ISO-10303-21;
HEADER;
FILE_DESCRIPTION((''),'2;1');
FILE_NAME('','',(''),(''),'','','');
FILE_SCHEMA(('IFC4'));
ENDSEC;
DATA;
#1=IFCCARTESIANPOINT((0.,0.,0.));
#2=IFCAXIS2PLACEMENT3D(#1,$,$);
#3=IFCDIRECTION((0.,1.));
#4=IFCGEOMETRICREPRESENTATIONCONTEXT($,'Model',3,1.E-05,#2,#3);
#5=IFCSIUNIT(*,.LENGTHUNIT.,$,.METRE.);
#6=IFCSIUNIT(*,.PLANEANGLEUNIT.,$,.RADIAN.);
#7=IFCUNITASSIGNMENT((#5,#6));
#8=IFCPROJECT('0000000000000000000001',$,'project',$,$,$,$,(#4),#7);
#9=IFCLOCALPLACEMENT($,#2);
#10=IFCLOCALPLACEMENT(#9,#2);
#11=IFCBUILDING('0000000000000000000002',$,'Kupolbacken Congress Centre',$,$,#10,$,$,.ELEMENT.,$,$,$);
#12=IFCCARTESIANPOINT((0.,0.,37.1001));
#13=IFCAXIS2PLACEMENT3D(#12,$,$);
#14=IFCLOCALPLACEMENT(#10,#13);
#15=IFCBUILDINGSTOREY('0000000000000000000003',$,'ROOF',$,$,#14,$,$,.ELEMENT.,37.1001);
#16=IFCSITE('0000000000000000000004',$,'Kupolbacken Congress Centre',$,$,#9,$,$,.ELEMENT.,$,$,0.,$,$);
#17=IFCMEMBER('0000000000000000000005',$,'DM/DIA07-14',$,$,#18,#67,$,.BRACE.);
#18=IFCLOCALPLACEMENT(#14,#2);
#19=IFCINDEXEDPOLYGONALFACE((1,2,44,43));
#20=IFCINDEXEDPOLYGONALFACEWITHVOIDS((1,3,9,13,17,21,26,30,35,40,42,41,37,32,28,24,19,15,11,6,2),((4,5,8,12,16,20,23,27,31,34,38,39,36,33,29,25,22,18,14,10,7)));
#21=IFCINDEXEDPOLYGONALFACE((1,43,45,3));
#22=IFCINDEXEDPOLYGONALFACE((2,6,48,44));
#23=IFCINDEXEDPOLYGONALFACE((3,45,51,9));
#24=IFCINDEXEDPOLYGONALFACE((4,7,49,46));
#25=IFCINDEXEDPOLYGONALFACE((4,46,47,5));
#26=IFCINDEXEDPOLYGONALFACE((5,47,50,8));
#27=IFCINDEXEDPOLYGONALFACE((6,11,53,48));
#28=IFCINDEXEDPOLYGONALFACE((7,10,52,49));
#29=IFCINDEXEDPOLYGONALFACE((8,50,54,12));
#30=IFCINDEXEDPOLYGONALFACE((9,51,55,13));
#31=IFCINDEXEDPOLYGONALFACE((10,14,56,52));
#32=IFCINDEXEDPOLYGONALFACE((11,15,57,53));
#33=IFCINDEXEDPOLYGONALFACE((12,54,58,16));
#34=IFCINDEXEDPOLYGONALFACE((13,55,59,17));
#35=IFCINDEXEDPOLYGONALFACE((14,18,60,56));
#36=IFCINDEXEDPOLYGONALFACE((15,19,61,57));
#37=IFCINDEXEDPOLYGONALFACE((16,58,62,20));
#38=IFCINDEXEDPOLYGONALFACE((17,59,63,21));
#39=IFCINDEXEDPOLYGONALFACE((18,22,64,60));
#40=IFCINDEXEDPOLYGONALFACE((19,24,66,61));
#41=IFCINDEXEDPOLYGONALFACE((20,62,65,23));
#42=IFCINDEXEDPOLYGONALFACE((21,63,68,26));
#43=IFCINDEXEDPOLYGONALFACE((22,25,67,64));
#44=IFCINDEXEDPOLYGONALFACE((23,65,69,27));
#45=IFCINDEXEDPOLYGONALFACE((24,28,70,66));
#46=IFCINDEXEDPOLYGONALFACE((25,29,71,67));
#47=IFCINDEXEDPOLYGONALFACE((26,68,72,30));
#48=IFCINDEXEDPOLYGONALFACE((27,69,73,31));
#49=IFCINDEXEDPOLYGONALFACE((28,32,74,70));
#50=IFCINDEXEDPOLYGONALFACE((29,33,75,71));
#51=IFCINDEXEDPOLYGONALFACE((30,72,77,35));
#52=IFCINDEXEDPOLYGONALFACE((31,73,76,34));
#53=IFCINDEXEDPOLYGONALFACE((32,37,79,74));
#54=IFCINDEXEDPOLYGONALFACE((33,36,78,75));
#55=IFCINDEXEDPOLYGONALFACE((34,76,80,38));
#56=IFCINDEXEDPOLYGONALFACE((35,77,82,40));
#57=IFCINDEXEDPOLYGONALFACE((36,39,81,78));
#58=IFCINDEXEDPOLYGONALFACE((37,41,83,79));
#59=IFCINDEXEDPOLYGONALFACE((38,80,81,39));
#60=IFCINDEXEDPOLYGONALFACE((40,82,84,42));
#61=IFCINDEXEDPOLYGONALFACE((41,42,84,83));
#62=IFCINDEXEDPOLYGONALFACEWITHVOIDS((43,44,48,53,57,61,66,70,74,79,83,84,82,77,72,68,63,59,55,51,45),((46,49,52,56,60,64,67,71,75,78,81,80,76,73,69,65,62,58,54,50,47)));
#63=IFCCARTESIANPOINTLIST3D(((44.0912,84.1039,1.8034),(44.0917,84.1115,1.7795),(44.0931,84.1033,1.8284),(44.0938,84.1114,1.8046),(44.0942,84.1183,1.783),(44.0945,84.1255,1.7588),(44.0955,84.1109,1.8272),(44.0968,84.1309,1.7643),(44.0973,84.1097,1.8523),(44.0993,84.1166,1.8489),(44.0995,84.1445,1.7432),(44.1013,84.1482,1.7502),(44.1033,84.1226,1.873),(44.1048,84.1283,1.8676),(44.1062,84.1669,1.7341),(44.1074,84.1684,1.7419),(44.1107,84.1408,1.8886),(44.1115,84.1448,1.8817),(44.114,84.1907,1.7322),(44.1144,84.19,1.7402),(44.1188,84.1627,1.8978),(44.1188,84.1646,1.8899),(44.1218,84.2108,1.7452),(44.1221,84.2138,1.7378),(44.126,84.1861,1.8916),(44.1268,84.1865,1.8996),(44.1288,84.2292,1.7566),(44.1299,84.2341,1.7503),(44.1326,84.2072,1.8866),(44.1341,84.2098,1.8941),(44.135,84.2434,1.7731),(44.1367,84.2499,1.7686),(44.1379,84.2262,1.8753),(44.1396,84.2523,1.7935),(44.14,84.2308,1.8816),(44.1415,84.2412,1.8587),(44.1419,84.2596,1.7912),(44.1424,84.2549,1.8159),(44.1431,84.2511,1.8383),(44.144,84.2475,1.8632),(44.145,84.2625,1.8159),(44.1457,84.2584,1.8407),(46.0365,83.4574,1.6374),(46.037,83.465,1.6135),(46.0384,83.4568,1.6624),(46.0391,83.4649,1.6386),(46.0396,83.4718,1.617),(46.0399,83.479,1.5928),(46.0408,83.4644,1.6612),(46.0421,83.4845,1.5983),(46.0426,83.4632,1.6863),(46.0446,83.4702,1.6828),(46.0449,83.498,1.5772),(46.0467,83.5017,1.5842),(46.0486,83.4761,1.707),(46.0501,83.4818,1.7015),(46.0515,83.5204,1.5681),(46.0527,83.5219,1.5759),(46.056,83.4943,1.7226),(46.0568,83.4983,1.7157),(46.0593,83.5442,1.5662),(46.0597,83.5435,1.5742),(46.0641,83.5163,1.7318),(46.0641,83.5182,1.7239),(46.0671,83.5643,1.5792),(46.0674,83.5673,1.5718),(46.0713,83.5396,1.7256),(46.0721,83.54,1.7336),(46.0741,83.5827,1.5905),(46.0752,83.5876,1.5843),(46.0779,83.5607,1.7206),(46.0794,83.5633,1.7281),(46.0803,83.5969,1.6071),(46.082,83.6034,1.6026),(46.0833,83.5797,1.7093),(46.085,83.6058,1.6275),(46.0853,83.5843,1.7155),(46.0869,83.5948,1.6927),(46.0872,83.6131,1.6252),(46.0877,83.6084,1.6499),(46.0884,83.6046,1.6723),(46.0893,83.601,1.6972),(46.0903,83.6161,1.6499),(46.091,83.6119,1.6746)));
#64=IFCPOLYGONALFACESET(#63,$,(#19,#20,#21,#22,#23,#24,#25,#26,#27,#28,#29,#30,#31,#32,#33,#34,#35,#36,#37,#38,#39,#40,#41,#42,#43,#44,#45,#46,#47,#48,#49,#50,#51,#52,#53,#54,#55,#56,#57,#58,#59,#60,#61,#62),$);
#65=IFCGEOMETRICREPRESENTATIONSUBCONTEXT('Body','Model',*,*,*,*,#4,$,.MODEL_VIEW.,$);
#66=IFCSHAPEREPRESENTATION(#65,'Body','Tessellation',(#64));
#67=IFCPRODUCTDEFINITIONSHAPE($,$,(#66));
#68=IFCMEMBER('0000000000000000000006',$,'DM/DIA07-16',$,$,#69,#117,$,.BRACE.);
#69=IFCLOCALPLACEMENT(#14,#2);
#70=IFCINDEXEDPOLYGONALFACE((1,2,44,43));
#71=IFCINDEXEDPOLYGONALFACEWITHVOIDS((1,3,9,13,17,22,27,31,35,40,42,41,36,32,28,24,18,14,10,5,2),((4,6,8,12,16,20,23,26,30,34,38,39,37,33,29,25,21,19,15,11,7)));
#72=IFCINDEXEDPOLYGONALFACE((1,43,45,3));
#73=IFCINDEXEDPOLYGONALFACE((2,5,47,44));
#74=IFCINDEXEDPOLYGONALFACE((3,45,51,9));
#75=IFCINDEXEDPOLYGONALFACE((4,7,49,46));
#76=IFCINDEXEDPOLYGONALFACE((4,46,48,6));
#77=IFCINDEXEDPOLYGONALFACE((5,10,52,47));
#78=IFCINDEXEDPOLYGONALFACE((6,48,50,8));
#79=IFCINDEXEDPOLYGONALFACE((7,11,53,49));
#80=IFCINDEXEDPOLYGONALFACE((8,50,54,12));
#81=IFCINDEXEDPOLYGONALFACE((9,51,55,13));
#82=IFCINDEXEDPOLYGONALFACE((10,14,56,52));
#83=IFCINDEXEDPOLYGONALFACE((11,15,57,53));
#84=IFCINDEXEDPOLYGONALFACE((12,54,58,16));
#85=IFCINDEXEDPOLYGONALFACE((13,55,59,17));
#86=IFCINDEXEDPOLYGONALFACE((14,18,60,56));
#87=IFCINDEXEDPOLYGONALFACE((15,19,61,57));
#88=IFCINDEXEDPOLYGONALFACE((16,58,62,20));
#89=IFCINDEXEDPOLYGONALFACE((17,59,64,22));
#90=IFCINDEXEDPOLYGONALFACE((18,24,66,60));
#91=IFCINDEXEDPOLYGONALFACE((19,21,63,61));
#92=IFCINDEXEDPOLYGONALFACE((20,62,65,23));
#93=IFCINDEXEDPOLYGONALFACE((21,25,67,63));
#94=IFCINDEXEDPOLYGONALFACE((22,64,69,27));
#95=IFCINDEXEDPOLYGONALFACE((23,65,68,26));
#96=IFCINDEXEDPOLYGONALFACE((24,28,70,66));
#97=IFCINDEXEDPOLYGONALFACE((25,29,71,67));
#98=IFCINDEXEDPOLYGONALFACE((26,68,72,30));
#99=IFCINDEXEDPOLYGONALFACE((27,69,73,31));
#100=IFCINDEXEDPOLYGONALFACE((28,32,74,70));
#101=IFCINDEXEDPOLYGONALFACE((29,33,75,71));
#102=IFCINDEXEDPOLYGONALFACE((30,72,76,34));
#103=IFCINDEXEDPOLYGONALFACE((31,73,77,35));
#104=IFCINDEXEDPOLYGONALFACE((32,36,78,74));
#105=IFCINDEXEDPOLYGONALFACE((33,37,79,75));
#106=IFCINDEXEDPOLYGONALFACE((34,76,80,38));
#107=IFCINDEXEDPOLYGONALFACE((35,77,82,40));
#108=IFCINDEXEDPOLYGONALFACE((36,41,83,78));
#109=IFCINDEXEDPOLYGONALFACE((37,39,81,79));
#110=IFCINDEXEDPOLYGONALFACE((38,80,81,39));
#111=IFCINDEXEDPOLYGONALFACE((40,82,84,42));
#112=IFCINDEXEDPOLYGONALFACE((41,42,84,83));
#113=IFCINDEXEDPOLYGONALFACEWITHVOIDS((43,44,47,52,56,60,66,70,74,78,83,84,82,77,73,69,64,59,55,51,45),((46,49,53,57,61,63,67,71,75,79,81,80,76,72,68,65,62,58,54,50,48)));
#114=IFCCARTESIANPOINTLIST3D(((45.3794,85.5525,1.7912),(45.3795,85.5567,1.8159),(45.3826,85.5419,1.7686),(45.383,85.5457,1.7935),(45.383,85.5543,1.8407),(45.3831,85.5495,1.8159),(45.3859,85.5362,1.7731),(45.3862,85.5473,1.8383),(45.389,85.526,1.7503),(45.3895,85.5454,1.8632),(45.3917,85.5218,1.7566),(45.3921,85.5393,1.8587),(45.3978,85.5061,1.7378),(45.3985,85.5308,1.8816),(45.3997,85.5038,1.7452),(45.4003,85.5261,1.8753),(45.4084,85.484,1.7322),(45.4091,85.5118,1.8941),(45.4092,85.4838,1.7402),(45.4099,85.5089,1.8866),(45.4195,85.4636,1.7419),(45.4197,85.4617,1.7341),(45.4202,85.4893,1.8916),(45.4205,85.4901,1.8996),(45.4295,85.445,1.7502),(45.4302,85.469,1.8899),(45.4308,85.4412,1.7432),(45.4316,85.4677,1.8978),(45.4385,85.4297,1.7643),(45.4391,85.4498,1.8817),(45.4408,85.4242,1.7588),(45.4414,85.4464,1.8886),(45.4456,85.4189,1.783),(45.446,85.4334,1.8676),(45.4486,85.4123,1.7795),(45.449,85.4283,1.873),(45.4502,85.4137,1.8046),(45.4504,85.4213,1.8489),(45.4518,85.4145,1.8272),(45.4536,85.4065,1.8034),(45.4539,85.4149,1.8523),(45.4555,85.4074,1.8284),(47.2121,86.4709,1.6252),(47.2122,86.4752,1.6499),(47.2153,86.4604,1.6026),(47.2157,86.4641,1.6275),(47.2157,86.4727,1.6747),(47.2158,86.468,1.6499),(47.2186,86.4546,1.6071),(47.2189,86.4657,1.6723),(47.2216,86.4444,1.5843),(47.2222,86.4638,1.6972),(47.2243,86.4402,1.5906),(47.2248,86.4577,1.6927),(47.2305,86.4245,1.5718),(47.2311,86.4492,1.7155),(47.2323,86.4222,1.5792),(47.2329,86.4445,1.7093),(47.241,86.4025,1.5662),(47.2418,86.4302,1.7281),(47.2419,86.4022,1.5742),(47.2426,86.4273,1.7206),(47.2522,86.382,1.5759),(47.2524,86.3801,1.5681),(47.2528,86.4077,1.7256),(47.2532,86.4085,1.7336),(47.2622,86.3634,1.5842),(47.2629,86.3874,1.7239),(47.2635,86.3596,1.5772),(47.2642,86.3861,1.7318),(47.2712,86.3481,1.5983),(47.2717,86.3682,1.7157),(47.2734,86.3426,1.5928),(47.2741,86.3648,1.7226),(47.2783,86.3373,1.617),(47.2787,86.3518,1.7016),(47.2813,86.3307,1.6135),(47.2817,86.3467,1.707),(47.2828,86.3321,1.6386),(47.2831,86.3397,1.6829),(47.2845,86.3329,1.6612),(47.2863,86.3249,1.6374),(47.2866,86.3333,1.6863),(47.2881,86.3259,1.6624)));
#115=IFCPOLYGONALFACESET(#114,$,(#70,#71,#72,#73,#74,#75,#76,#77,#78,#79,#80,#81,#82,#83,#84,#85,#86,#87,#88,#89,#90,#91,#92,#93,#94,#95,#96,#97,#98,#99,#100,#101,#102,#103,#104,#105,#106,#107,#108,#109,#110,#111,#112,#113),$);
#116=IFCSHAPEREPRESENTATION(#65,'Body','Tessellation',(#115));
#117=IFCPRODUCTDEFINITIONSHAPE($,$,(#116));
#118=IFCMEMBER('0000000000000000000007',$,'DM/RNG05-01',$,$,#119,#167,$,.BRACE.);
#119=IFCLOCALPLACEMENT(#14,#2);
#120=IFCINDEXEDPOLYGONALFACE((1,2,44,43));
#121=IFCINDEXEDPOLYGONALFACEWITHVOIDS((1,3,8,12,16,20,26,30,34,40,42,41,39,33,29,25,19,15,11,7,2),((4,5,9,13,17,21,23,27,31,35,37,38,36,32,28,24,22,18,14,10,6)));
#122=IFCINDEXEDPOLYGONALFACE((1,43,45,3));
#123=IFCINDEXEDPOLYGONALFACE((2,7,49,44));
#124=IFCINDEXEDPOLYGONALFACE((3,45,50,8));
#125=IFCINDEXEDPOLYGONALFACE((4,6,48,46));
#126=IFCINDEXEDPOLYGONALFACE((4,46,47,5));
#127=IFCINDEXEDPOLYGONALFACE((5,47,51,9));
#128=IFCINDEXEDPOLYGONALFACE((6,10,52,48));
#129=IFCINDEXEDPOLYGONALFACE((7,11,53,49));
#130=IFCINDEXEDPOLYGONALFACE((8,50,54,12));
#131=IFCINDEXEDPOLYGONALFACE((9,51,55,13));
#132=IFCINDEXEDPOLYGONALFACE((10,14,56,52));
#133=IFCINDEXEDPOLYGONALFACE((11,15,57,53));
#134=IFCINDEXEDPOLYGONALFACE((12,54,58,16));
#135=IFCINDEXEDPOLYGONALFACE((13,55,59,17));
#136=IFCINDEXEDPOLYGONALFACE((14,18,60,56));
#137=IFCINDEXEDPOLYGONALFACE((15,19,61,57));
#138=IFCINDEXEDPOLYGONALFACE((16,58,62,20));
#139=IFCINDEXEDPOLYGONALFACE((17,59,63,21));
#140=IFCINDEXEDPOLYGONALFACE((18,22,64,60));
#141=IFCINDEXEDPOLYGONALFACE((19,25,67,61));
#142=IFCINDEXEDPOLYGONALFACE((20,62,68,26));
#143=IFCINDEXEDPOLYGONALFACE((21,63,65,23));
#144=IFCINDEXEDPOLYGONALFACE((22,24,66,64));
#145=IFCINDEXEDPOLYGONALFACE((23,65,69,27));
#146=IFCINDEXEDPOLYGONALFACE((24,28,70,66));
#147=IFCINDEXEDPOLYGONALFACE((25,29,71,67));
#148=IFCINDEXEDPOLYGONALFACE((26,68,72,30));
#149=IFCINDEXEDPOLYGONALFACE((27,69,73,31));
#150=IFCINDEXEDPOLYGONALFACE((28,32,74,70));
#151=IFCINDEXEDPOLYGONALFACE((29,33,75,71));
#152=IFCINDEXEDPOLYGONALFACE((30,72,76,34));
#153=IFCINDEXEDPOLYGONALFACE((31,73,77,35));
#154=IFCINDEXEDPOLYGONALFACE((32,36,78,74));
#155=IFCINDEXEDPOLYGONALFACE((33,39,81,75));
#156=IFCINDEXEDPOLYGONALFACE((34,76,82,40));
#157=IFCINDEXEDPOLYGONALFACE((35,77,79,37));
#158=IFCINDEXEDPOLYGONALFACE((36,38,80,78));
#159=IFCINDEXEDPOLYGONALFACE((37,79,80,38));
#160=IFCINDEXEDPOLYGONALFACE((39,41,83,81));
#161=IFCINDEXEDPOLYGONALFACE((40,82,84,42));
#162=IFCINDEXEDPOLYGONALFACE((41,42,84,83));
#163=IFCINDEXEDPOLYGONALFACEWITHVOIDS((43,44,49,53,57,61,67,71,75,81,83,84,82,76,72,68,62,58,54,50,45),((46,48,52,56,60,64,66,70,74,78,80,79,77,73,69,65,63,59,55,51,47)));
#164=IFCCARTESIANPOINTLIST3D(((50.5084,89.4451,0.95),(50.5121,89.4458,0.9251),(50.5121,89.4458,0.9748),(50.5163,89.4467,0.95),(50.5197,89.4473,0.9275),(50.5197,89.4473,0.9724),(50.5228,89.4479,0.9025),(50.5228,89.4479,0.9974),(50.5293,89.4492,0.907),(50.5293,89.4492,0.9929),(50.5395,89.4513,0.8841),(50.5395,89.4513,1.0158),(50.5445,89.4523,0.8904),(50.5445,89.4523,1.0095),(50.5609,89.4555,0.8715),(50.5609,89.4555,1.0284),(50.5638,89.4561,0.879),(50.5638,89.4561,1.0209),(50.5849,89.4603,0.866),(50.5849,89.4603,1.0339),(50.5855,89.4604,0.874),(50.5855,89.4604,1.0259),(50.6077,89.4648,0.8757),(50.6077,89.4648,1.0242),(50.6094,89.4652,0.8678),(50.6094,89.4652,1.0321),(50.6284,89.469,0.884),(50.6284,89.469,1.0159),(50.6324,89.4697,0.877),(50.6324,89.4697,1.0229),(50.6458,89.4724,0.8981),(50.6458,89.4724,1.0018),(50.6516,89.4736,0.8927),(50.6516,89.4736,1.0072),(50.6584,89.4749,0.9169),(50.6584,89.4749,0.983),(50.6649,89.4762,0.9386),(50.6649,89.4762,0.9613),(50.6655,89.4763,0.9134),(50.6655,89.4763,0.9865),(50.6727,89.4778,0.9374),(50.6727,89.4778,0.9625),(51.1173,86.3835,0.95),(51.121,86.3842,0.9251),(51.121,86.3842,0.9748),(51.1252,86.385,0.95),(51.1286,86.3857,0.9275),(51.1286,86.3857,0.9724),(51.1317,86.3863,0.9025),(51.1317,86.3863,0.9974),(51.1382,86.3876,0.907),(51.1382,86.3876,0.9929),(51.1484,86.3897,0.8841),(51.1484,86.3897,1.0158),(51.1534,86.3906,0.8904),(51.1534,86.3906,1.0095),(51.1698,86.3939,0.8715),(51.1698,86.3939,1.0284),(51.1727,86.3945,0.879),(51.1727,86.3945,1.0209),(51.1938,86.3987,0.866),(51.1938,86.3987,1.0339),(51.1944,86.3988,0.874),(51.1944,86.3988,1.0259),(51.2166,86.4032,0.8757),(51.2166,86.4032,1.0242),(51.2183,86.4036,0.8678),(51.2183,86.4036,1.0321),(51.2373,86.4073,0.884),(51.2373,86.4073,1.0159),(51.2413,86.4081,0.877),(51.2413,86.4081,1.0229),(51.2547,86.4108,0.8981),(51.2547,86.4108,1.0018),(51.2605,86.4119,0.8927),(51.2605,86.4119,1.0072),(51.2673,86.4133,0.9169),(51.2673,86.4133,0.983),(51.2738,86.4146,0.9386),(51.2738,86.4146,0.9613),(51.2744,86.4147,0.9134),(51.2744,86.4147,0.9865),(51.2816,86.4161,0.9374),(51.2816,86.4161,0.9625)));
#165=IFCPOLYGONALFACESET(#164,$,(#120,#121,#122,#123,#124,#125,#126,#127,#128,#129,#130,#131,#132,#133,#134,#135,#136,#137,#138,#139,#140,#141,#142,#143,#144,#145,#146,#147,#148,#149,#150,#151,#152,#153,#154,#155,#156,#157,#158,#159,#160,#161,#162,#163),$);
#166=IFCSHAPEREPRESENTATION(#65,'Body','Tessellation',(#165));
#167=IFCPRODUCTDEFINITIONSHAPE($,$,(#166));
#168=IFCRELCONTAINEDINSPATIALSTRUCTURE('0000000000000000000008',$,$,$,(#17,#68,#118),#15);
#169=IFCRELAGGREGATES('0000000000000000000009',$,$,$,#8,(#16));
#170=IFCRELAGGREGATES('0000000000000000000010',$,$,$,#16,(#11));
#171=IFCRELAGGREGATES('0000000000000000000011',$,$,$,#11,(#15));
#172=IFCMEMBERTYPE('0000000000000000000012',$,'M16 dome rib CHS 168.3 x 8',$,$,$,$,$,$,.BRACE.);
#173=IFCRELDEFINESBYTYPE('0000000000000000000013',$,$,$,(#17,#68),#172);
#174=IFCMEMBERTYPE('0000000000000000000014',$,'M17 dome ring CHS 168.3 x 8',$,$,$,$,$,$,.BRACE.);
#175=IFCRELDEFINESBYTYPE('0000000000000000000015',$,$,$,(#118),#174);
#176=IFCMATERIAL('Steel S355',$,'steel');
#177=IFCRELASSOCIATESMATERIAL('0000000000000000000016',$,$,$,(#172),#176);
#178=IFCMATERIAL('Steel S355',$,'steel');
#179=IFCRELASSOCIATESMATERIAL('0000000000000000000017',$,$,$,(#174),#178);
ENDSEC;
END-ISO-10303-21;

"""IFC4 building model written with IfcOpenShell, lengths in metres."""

from ifc_helpers import new_model, si_unit, direction, frame, origin, origin_2d, place, context, subcontext, project, spatial, hollow_circle, extrude, material, material_profile, profile_set, type_object, element, save


model = new_model("IFC4")

# Units and contexts
model_context = context("Model", 3, precision=1e-05, world=origin(), true_north=direction((0.0, 1.0)))
body_context = subcontext(model_context, "Body", "Model", "MODEL_VIEW")
ifc_project = project(units=[si_unit("LENGTHUNIT", "METRE"), si_unit("PLANEANGLEUNIT", "RADIAN")], contexts=[model_context])

# Site, building, storey
site_placement = place(None, origin())
site = spatial("IfcSite", under=ifc_project, at=site_placement, Name="Kupolbacken Congress Centre", CompositionType="ELEMENT", RefElevation=0.0)
building_placement = place(site_placement, origin())
building = spatial("IfcBuilding", under=site, at=building_placement, Name="Kupolbacken Congress Centre", CompositionType="ELEMENT")
storey_placement = place(building_placement, frame((0.0, 0.0, 37.1001)))
storey = spatial("IfcBuildingStorey", under=building, at=storey_placement, Name="ROOF", CompositionType="ELEMENT", Elevation=37.1001)

# Members
ifc_material_1 = material(Name="Steel S355", Category="steel")
ifc_material_profile_1 = material_profile(ifc_material_1, hollow_circle(Radius=0.0842, WallThickness=0.0081, at=origin_2d()), Name="CHS 168.3 x 8")
ifc_profile_set_1 = profile_set([ifc_material_profile_1], Name="Steel S355")
member_type_1 = type_object("IfcMemberType", Name="M16 dome rib CHS 168.3 x 8", PredefinedType="BRACE", material=ifc_profile_set_1)
for number, where, z_axis, x_axis, name in (
    (1, (44.1184, 84.1826, 1.8159), (0.945872, -0.314341, -0.080722), (0.31537, 0.948969, 0.0), "DM/DIA07-14"),
    (2, (45.4172, 85.4814, 1.8159), (0.891105, 0.446561, -0.080718), (-0.448023, 0.894022, 0.0), "DM/DIA07-16"),
):
    element("IfcMember", number, at=place(storey_placement, frame(where, z_axis=z_axis, x_axis=x_axis)), inside=storey, type_object=member_type_1, Name=name, PredefinedType="BRACE", context=body_context, shape_type="SweptSolid", body=[
        extrude(hollow_circle(Radius=0.0842, WallThickness=0.0081, at=origin_2d()), origin(), (0.0, 0.0, 1.0), 2.0566),
    ])
ifc_material_2 = material(Name="Steel S355", Category="steel")
ifc_material_profile_2 = material_profile(ifc_material_2, hollow_circle(Radius=0.0842, WallThickness=0.0081, at=origin_2d()), Name="CHS 168.3 x 8")
ifc_profile_set_2 = profile_set([ifc_material_profile_2], Name="Steel S355")
member_type_2 = type_object("IfcMemberType", Name="M17 dome ring CHS 168.3 x 8", PredefinedType="BRACE", material=ifc_profile_set_2)
member_1_placement = place(storey_placement, frame((51.2, 86.3999, 0.95), z_axis=(-0.195063, 0.980791, 0.0), x_axis=(-0.980791, -0.195063, 0.0)))
element("IfcMember", 3, at=member_1_placement, inside=storey, type_object=member_type_2, Name="DM/RNG05-01", PredefinedType="BRACE", context=body_context, shape_type="SweptSolid", body=[
    extrude(hollow_circle(Radius=0.0842, WallThickness=0.0081, at=origin_2d()), origin(), (0.0, 0.0, 1.0), 3.1216),
])

save(model, "model.ifc")
